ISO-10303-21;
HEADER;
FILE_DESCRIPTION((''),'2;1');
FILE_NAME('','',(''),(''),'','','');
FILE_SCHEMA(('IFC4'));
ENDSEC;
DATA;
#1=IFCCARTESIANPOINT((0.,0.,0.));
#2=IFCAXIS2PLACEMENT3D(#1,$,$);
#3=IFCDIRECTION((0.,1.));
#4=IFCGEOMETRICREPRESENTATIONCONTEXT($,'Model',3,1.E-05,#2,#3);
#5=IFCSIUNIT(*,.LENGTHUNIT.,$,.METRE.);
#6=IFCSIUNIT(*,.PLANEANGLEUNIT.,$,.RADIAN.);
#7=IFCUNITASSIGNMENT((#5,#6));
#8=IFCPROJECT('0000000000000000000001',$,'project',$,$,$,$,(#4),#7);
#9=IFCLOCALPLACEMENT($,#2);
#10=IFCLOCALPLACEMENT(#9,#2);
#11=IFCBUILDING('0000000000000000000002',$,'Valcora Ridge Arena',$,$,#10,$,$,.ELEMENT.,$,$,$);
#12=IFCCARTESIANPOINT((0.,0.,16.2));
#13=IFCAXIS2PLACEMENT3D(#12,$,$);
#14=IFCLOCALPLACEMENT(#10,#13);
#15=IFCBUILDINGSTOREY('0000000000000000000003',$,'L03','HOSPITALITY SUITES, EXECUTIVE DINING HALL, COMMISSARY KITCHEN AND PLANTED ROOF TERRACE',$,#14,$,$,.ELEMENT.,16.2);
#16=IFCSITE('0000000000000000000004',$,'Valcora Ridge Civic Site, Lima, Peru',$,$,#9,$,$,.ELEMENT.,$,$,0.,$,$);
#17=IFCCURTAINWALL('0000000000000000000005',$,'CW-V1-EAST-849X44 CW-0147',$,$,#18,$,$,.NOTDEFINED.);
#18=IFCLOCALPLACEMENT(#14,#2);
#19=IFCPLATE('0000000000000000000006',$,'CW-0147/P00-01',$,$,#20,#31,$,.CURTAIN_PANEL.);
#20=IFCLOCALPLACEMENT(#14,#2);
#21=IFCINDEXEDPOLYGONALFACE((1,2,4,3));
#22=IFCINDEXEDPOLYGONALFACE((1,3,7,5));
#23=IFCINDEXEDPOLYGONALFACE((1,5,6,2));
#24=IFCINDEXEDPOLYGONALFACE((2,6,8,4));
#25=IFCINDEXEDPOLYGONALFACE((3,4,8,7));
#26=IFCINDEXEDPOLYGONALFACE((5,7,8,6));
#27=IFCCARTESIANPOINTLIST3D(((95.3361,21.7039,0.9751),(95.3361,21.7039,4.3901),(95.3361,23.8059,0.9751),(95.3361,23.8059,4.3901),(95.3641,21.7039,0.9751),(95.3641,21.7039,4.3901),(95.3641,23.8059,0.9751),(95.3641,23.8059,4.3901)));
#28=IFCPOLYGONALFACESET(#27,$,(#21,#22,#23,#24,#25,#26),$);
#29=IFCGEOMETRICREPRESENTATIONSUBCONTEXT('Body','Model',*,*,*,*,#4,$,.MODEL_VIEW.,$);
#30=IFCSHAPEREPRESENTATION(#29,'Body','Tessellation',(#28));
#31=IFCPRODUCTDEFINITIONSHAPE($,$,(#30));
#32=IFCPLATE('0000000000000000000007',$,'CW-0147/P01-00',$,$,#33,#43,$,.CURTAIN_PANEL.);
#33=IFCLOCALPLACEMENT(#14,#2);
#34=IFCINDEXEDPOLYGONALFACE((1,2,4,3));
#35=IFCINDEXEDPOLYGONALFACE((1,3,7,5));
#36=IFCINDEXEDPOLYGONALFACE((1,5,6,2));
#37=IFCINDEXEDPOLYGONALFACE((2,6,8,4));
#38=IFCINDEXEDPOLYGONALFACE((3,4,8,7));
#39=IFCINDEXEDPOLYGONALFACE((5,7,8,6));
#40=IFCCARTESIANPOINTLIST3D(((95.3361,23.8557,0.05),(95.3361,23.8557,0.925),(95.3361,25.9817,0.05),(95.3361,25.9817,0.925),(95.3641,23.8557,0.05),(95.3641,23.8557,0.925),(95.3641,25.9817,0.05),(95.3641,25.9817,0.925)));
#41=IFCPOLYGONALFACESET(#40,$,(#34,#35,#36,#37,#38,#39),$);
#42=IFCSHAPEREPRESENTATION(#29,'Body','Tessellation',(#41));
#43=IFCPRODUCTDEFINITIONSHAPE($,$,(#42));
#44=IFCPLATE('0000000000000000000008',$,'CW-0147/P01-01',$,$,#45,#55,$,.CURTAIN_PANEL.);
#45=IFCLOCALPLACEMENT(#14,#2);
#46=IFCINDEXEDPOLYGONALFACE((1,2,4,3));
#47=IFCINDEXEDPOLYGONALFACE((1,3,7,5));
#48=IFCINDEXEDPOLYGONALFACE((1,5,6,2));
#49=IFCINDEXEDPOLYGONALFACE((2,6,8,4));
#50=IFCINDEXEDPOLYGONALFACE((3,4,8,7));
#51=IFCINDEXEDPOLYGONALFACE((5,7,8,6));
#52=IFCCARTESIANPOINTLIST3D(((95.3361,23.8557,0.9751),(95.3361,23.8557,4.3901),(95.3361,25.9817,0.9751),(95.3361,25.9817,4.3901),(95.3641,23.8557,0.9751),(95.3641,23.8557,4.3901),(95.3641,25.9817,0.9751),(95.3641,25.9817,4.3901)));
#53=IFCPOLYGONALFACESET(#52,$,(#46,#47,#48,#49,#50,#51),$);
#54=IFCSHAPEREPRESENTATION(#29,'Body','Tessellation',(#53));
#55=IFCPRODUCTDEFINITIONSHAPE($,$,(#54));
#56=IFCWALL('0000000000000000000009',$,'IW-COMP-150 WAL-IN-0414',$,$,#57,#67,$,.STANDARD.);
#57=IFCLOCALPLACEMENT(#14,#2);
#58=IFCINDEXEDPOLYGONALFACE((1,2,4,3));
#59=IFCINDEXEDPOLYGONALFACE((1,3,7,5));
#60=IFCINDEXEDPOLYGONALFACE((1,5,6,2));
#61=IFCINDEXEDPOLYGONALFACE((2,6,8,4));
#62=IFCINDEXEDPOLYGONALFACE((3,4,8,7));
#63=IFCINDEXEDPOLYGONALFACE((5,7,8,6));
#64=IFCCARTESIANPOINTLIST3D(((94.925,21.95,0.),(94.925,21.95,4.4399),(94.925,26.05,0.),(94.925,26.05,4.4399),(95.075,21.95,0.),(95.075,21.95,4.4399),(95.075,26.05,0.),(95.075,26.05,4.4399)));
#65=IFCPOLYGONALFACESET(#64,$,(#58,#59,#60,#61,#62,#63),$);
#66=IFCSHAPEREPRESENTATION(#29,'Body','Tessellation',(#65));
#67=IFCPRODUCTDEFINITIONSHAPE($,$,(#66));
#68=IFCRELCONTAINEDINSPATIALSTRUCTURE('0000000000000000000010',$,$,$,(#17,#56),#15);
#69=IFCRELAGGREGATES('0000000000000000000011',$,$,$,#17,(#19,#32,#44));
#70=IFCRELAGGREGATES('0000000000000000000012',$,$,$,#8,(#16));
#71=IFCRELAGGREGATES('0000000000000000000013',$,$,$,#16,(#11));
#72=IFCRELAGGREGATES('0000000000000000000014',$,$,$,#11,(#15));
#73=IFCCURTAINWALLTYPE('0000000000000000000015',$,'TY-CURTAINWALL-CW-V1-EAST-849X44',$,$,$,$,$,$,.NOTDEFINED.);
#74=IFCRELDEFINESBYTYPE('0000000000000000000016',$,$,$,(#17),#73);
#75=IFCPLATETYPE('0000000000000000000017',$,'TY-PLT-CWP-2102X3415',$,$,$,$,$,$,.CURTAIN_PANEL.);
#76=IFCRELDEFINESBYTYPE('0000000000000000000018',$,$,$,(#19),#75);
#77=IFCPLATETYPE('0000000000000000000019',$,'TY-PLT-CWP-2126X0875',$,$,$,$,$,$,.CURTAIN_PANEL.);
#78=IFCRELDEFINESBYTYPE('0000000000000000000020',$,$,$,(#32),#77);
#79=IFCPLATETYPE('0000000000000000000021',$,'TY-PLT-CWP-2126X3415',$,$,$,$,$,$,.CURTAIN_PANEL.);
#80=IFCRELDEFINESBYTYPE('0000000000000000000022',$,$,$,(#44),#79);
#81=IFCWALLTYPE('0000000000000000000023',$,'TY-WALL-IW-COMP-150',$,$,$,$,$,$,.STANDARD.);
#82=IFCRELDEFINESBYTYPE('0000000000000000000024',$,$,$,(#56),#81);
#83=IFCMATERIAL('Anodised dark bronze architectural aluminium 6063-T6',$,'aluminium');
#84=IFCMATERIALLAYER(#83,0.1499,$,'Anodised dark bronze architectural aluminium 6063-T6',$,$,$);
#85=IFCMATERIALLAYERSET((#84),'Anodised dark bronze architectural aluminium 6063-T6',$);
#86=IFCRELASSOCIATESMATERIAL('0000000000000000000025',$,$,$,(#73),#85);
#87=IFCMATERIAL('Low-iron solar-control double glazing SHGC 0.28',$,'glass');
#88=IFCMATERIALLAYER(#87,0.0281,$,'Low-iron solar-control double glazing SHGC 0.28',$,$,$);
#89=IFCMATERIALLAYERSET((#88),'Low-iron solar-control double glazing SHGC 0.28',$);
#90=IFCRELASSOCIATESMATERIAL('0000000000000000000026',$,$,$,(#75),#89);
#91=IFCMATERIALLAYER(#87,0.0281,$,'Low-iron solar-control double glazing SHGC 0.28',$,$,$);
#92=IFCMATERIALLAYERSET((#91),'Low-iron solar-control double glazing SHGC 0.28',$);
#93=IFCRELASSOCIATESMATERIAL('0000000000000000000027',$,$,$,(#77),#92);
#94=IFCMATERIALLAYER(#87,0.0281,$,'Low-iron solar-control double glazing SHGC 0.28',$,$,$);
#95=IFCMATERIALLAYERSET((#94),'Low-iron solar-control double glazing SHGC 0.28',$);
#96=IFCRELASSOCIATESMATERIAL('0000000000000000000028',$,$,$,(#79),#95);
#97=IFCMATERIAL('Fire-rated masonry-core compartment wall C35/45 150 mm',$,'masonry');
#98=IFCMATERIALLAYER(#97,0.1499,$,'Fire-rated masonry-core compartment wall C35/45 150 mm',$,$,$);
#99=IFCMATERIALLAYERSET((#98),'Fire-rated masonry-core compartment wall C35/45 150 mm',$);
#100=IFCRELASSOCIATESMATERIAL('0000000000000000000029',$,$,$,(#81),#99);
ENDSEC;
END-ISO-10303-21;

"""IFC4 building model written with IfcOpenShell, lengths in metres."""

from ifc_helpers import new_model, si_unit, direction, frame, frame_2d, origin, origin_2d, place, context, subcontext, project, spatial, rectangle, extrude, material, layer, layer_set, type_object, element, aggregate, save


model = new_model("IFC4")

# Units and contexts
model_context = context("Model", 3, precision=1e-05, world=origin(), true_north=direction((0.0, 1.0)))
body_context = subcontext(model_context, "Body", "Model", "MODEL_VIEW")
ifc_project = project(units=[si_unit("LENGTHUNIT", "METRE"), si_unit("PLANEANGLEUNIT", "RADIAN")], contexts=[model_context])

# Site, building, storey
site_placement = place(None, origin())
site = spatial("IfcSite", under=ifc_project, at=site_placement, Name="Valcora Ridge Civic Site, Lima, Peru", CompositionType="ELEMENT", RefElevation=0.0)
building_placement = place(site_placement, origin())
building = spatial("IfcBuilding", under=site, at=building_placement, Name="Valcora Ridge Arena", CompositionType="ELEMENT")
storey_placement = place(building_placement, frame((0.0, 0.0, 16.2)))
storey = spatial("IfcBuildingStorey", under=building, at=storey_placement, Name="L03", Description="HOSPITALITY SUITES, EXECUTIVE DINING HALL, COMMISSARY KITCHEN AND PLANTED ROOF TERRACE", CompositionType="ELEMENT", Elevation=16.2)

# Curtain wall
ifc_material_1 = material(Name="Anodised dark bronze architectural aluminium 6063-T6", Category="aluminium")
ifc_layer_1 = layer(ifc_material_1, 0.1499, Name="Anodised dark bronze architectural aluminium 6063-T6")
ifc_layer_set_1 = layer_set([ifc_layer_1], Name="Anodised dark bronze architectural aluminium 6063-T6")
curtain_wall_type_1 = type_object("IfcCurtainWallType", Name="TY-CURTAINWALL-CW-V1-EAST-849X44", PredefinedType="NOTDEFINED", material=ifc_layer_set_1)
curtain_wall_1_placement = place(storey_placement, origin())
curtain_wall_1 = element("IfcCurtainWall", 1, at=curtain_wall_1_placement, inside=storey, type_object=curtain_wall_type_1, Name="CW-V1-EAST-849X44 CW-0147", PredefinedType="NOTDEFINED")

# Plates
ifc_material_2 = material(Name="Low-iron solar-control double glazing SHGC 0.28", Category="glass")
ifc_layer_2 = layer(ifc_material_2, 0.0281, Name="Low-iron solar-control double glazing SHGC 0.28")
ifc_layer_set_2 = layer_set([ifc_layer_2], Name="Low-iron solar-control double glazing SHGC 0.28")
plate_type_1 = type_object("IfcPlateType", Name="TY-PLT-CWP-2102X3415", PredefinedType="CURTAIN_PANEL", material=ifc_layer_set_2)
plate_1_placement = place(storey_placement, frame((95.3501, 22.7549, 0.9751), z_axis=(0.0, 0.0, 1.0), x_axis=(0.0, 1.0, 0.0)))
plate_1 = element("IfcPlate", 2, at=plate_1_placement, type_object=plate_type_1, Name="CW-0147/P00-01", PredefinedType="CURTAIN_PANEL", context=body_context, shape_type="SweptSolid", body=[
    extrude(rectangle(XDim=2.1021, YDim=0.0281, at=origin_2d()), origin(), (0.0, 0.0, 1.0), 3.415),
])
ifc_layer_3 = layer(ifc_material_2, 0.0281, Name="Low-iron solar-control double glazing SHGC 0.28")
ifc_layer_set_3 = layer_set([ifc_layer_3], Name="Low-iron solar-control double glazing SHGC 0.28")
plate_type_2 = type_object("IfcPlateType", Name="TY-PLT-CWP-2126X0875", PredefinedType="CURTAIN_PANEL", material=ifc_layer_set_3)
plate_2_placement = place(storey_placement, frame((95.3501, 24.9187, 0.05), z_axis=(0.0, 0.0, 1.0), x_axis=(0.0, 1.0, 0.0)))
plate_2 = element("IfcPlate", 3, at=plate_2_placement, type_object=plate_type_2, Name="CW-0147/P01-00", PredefinedType="CURTAIN_PANEL", context=body_context, shape_type="SweptSolid", body=[
    extrude(rectangle(XDim=2.126, YDim=0.0281, at=origin_2d()), origin(), (0.0, 0.0, 1.0), 0.875),
])
ifc_layer_4 = layer(ifc_material_2, 0.0281, Name="Low-iron solar-control double glazing SHGC 0.28")
ifc_layer_set_4 = layer_set([ifc_layer_4], Name="Low-iron solar-control double glazing SHGC 0.28")
plate_type_3 = type_object("IfcPlateType", Name="TY-PLT-CWP-2126X3415", PredefinedType="CURTAIN_PANEL", material=ifc_layer_set_4)
plate_3_placement = place(storey_placement, frame((95.3501, 24.9187, 0.9751), z_axis=(0.0, 0.0, 1.0), x_axis=(0.0, 1.0, 0.0)))
plate_3 = element("IfcPlate", 4, at=plate_3_placement, type_object=plate_type_3, Name="CW-0147/P01-01", PredefinedType="CURTAIN_PANEL", context=body_context, shape_type="SweptSolid", body=[
    extrude(rectangle(XDim=2.126, YDim=0.0281, at=origin_2d()), origin(), (0.0, 0.0, 1.0), 3.415),
])
aggregate(curtain_wall_1, [plate_1, plate_2, plate_3])

# Wall
ifc_material_3 = material(Name="Fire-rated masonry-core compartment wall C35/45 150 mm", Category="masonry")
ifc_layer_5 = layer(ifc_material_3, 0.1499, Name="Fire-rated masonry-core compartment wall C35/45 150 mm")
ifc_layer_set_5 = layer_set([ifc_layer_5], Name="Fire-rated masonry-core compartment wall C35/45 150 mm")
wall_type = type_object("IfcWallType", Name="TY-WALL-IW-COMP-150", PredefinedType="STANDARD", material=ifc_layer_set_5)
wall_placement = place(storey_placement, frame((95.0, 21.95, 0.0), z_axis=(0.0, 0.0, 1.0), x_axis=(0.0, 1.0, 0.0)))
element("IfcWall", 5, at=wall_placement, inside=storey, type_object=wall_type, Name="IW-COMP-150 WAL-IN-0414", PredefinedType="STANDARD", context=body_context, shape_type="SweptSolid", body=[
    extrude(rectangle(XDim=4.1001, YDim=0.1499, at=frame_2d((2.05, 0.0))), origin(), (0.0, 0.0, 1.0), 4.4399),
])

save(model, "model.ifc")
